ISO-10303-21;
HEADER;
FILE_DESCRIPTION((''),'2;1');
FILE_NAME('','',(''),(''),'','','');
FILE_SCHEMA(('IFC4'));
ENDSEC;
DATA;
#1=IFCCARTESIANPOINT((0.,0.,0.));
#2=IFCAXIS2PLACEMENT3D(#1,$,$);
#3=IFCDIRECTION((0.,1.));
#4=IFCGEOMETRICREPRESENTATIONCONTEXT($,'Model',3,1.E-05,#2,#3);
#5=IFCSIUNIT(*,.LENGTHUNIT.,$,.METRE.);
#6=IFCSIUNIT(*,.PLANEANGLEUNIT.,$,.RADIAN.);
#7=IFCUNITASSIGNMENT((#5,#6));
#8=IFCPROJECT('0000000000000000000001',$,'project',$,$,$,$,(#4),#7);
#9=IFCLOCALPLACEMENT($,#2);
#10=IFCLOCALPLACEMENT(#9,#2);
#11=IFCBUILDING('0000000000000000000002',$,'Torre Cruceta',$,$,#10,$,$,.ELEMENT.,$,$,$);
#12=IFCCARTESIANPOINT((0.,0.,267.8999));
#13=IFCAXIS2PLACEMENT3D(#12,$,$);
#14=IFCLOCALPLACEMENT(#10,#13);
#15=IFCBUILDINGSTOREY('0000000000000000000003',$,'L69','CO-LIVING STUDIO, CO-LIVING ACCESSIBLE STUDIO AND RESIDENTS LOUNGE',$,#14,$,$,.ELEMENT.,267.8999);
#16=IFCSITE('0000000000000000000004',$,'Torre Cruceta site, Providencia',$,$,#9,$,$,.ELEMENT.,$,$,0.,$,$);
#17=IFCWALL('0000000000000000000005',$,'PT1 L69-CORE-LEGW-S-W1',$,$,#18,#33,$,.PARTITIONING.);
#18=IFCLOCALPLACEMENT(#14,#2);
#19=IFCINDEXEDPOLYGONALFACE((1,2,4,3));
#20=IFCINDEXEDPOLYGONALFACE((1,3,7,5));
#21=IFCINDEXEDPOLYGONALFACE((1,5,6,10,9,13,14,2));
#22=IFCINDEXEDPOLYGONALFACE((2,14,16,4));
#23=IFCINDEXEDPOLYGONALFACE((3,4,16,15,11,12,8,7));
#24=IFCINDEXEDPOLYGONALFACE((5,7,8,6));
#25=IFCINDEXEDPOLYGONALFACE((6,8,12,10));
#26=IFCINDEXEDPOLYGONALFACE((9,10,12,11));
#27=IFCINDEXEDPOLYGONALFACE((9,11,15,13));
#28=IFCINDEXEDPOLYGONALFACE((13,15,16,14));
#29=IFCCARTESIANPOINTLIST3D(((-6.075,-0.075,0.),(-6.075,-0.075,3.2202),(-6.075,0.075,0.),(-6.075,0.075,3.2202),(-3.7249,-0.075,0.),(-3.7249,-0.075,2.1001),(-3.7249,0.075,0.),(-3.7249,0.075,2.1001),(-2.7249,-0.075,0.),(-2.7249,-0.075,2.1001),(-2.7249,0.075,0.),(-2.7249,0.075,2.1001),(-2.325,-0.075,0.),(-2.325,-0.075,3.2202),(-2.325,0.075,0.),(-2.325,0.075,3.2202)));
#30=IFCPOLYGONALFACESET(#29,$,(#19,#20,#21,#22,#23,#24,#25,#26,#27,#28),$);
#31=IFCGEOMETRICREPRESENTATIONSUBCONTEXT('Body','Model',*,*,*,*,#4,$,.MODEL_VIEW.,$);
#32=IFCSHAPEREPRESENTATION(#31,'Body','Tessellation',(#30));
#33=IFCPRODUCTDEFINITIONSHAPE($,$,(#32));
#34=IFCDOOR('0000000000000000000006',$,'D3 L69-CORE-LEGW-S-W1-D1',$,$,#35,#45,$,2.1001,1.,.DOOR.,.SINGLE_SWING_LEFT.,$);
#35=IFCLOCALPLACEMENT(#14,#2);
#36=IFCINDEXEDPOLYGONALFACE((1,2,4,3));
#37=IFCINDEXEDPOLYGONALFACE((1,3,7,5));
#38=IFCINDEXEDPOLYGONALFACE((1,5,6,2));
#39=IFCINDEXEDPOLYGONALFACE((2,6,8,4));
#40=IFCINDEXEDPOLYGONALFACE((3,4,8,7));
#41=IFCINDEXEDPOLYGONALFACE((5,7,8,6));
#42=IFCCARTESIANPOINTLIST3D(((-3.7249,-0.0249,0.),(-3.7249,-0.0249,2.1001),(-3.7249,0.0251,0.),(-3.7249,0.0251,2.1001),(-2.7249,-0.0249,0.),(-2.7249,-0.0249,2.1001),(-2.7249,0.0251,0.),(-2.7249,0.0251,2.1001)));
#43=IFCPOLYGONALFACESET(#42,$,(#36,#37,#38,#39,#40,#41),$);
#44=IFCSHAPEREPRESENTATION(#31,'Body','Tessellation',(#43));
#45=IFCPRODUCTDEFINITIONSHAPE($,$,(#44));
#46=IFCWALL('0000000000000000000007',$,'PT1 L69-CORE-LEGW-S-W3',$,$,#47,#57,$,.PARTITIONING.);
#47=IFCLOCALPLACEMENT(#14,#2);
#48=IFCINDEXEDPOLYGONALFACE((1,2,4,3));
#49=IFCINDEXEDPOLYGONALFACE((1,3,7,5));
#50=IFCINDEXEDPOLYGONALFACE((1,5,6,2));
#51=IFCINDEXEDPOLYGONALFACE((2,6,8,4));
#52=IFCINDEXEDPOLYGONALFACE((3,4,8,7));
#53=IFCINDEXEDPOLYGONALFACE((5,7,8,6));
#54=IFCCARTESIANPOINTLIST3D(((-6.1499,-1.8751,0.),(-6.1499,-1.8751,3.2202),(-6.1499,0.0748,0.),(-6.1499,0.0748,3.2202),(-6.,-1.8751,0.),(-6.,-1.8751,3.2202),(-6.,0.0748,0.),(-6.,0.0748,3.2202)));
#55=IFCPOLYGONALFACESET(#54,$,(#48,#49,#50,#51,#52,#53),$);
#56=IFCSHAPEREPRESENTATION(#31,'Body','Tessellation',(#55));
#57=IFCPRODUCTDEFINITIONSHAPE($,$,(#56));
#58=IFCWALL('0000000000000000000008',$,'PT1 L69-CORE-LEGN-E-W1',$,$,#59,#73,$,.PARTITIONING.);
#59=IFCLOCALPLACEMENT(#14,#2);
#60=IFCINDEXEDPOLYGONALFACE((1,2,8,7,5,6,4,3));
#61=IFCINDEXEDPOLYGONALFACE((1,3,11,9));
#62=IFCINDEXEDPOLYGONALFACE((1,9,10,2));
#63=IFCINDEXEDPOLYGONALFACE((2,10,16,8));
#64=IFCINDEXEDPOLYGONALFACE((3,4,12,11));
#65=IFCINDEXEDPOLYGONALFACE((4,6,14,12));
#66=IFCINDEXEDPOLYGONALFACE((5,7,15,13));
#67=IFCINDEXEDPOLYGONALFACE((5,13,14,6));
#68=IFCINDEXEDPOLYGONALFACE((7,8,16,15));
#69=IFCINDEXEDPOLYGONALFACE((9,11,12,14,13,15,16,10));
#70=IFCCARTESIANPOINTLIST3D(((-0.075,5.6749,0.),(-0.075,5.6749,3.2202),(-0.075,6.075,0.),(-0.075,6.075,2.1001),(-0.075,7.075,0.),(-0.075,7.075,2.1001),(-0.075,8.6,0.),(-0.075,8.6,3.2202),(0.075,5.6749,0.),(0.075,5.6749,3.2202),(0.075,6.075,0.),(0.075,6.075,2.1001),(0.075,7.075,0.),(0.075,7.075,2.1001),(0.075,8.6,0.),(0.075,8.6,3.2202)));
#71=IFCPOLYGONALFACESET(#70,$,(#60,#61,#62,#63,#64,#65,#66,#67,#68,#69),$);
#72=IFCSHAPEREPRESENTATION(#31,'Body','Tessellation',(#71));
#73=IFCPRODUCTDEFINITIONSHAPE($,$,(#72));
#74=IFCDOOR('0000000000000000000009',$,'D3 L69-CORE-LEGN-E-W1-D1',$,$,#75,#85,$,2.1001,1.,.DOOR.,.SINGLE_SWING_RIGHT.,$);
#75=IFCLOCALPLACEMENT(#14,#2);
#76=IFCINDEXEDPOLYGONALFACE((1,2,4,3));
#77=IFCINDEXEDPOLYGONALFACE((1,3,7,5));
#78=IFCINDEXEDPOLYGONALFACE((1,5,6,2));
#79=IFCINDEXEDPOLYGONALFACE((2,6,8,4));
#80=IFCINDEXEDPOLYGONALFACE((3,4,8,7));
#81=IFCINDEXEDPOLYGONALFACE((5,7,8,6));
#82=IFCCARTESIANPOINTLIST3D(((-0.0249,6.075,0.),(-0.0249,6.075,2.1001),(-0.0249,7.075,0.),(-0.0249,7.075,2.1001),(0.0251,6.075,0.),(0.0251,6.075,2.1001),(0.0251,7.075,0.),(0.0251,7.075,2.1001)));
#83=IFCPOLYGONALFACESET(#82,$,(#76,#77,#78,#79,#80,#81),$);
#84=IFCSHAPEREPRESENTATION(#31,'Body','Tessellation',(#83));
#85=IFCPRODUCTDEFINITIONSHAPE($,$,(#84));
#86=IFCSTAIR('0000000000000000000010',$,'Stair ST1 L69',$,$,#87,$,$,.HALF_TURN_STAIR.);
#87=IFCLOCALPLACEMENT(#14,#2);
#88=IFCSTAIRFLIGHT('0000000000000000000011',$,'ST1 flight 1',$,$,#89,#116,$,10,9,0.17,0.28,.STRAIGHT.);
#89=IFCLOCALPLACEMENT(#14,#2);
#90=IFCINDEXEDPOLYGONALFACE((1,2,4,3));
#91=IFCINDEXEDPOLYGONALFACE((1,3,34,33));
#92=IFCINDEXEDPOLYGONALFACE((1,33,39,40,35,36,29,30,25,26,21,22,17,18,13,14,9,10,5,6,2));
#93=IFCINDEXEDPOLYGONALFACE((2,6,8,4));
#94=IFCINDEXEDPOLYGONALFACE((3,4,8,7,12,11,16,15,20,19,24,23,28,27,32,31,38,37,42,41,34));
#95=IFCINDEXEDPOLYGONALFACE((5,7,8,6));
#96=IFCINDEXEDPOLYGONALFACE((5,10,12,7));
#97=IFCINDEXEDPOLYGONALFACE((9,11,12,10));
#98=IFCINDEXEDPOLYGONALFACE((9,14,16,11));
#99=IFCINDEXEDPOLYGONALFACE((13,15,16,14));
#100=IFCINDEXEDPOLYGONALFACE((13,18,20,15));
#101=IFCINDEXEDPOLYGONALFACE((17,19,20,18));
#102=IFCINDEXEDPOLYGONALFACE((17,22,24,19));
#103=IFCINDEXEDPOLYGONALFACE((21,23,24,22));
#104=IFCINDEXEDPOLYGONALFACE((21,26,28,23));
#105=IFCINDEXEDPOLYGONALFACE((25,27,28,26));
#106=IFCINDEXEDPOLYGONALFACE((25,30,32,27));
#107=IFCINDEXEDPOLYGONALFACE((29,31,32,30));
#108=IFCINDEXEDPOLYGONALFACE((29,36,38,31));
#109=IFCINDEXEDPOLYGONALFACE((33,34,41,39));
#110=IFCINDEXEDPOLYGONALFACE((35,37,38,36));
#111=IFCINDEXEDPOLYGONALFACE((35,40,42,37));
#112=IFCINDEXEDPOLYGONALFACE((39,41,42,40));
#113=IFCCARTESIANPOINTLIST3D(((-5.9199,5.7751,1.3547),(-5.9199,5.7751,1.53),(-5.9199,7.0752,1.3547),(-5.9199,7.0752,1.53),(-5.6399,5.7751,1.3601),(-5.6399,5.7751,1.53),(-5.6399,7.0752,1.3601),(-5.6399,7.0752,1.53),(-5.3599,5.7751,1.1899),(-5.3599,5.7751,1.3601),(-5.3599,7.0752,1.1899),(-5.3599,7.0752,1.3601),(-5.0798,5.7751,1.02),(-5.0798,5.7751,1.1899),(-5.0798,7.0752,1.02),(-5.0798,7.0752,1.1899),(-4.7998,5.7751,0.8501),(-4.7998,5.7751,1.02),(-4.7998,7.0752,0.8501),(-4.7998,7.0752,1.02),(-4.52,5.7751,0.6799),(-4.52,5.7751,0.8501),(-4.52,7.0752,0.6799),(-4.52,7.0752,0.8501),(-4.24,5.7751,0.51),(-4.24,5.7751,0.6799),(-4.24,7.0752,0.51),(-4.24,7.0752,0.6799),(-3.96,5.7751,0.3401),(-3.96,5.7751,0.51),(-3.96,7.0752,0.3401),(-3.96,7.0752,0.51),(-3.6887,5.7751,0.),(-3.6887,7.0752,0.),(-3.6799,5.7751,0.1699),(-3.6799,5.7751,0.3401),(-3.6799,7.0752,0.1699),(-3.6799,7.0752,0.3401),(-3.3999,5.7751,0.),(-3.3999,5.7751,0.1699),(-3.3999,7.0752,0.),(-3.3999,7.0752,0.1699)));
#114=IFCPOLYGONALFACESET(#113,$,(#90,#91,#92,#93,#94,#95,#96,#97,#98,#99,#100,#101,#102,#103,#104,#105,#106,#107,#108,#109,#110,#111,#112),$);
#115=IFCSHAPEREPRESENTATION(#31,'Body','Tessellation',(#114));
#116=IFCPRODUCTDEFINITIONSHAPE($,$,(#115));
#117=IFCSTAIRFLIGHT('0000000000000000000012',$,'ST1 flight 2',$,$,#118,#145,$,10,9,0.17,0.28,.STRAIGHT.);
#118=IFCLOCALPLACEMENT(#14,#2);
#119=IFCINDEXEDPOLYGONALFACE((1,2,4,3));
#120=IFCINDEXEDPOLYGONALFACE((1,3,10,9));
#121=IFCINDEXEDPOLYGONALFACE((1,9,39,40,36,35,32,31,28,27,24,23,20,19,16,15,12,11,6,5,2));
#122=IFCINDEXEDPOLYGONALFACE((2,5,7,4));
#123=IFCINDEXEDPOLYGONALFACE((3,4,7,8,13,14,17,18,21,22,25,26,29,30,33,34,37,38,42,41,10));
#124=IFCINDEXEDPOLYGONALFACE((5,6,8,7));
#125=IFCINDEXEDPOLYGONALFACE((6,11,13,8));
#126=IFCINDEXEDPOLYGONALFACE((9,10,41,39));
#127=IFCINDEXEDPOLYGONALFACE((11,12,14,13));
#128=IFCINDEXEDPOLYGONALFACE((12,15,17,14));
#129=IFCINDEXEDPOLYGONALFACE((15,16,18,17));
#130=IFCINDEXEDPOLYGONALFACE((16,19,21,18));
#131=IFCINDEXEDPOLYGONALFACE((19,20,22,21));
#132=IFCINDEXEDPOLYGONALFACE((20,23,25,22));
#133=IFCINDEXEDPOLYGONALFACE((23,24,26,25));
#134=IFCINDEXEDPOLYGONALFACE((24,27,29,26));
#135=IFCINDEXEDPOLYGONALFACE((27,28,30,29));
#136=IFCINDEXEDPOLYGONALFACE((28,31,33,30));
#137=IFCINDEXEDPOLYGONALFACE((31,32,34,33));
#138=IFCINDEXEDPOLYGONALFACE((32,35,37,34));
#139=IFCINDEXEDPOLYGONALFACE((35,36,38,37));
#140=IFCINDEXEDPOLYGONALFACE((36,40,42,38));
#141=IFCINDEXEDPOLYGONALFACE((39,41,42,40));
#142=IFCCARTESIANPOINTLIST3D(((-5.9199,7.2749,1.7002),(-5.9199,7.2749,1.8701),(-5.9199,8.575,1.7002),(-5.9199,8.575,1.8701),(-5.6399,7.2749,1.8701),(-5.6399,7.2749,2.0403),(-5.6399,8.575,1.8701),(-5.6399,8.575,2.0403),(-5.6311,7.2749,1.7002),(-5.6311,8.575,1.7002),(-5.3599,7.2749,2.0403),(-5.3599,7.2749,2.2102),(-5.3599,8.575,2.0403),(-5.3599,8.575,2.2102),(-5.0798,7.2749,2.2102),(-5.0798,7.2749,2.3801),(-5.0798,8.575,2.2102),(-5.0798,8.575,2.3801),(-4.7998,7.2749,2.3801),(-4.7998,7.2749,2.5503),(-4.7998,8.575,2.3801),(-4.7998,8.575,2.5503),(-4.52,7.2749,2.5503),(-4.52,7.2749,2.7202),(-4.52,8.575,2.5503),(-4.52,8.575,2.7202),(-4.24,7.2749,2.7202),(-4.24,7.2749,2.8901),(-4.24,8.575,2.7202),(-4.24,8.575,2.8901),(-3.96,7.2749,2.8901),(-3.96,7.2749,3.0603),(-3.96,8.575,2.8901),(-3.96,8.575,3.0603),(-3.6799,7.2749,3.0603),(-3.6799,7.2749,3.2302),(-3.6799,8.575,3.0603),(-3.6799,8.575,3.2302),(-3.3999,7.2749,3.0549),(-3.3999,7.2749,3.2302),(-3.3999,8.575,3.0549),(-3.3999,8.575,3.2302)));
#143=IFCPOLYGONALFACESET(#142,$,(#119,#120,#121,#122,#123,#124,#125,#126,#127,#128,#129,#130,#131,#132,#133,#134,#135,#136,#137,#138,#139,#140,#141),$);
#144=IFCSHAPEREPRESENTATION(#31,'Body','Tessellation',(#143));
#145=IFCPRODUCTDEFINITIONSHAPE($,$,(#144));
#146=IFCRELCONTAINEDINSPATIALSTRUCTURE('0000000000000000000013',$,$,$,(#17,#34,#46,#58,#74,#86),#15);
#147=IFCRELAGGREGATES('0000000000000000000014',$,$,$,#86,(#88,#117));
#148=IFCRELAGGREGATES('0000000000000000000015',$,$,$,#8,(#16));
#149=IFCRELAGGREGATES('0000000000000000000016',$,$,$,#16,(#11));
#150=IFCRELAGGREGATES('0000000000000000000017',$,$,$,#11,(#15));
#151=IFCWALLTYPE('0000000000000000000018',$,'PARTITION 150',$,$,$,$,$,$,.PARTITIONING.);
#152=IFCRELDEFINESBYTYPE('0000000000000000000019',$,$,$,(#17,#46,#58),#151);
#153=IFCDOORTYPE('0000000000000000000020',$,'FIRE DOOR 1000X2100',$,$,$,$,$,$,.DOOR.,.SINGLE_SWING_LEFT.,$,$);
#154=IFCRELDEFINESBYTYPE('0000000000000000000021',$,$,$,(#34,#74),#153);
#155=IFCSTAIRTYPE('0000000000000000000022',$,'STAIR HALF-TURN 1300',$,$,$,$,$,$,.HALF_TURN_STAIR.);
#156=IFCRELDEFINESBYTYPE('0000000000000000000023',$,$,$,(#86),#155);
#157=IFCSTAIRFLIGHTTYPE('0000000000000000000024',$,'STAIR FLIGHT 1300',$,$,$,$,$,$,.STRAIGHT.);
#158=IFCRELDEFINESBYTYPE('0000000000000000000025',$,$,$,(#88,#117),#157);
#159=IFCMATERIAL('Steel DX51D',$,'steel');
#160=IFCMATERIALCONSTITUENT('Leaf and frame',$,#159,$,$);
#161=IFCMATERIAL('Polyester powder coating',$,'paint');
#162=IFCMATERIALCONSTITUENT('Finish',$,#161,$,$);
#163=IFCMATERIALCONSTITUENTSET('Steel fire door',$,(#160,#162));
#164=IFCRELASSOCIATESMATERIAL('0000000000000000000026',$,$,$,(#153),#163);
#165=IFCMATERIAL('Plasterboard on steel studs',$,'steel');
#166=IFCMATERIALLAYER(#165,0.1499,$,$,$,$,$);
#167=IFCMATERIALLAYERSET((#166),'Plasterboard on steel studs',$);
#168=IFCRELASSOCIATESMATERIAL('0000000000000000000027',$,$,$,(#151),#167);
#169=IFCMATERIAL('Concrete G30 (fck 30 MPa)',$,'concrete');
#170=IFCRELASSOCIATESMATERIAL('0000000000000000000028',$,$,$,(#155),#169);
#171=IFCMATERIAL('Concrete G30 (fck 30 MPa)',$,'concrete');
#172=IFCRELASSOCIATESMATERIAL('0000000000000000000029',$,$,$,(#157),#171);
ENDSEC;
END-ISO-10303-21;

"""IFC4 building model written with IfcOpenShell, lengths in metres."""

from ifc_helpers import new_model, si_unit, direction, frame, frame_2d, origin, place, context, subcontext, project, spatial, polyline, rectangle, outline, extrude, material, layer, layer_set, constituent, constituent_set, type_object, element, fill, aggregate, save


model = new_model("IFC4")

# Units and contexts
model_context = context("Model", 3, precision=1e-05, world=origin(), true_north=direction((0.0, 1.0)))
body_context = subcontext(model_context, "Body", "Model", "MODEL_VIEW")
ifc_project = project(units=[si_unit("LENGTHUNIT", "METRE"), si_unit("PLANEANGLEUNIT", "RADIAN")], contexts=[model_context])

# Site, building, storey
site_placement = place(None, origin())
site = spatial("IfcSite", under=ifc_project, at=site_placement, Name="Torre Cruceta site, Providencia", CompositionType="ELEMENT", RefElevation=0.0)
building_placement = place(site_placement, origin())
building = spatial("IfcBuilding", under=site, at=building_placement, Name="Torre Cruceta", CompositionType="ELEMENT")
storey_placement = place(building_placement, frame((0.0, 0.0, 267.8999)))
storey = spatial("IfcBuildingStorey", under=building, at=storey_placement, Name="L69", Description="CO-LIVING STUDIO, CO-LIVING ACCESSIBLE STUDIO AND RESIDENTS LOUNGE", CompositionType="ELEMENT", Elevation=267.8999)

# Shared definitions
ifc_material_1 = material(Name="Steel DX51D", Category="steel")
ifc_constituent_1 = constituent(ifc_material_1, Name="Leaf and frame")
ifc_material_2 = material(Name="Polyester powder coating", Category="paint")
ifc_constituent_2 = constituent(ifc_material_2, Name="Finish")
ifc_constituent_set_1 = constituent_set(constituents=[ifc_constituent_1, ifc_constituent_2], Name="Steel fire door")
door_type_1 = type_object("IfcDoorType", Name="FIRE DOOR 1000X2100", OperationType="SINGLE_SWING_LEFT", PredefinedType="DOOR", material=ifc_constituent_set_1)

# Wall, opening, door
ifc_material_3 = material(Name="Plasterboard on steel studs", Category="steel")
ifc_layer_1 = layer(ifc_material_3, 0.1499)
ifc_layer_set_1 = layer_set([ifc_layer_1], Name="Plasterboard on steel studs")
wall_type_1 = type_object("IfcWallType", Name="PARTITION 150", PredefinedType="PARTITIONING", material=ifc_layer_set_1)
wall_1_placement = place(storey_placement, frame((-2.325, 0.0, 0.0), z_axis=(0.0, 0.0, 1.0), x_axis=(-1.0, 0.0, 0.0)))
wall_1 = element("IfcWall", 1, at=wall_1_placement, inside=storey, type_object=wall_type_1, Name="PT1 L69-CORE-LEGW-S-W1", PredefinedType="PARTITIONING", context=body_context, shape_type="SweptSolid", body=[
    extrude(rectangle(XDim=3.75, YDim=0.1499, at=frame_2d((1.875, 0.0))), origin(), (0.0, 0.0, 1.0), 3.2202),
])
opening_1_placement = place(wall_1_placement, frame((0.3999, 0.0, 0.0)))
opening_1 = element("IfcOpeningElement", 2, at=opening_1_placement, cuts=wall_1, PredefinedType="OPENING", context=body_context, shape_type="SweptSolid", body=[
    extrude(rectangle(XDim=1.0, YDim=2.1001, at=frame_2d((0.5, 1.05))), frame((0.0, 0.085, 0.0), z_axis=(0.0, -1.0, 0.0), x_axis=(1.0, 0.0, 0.0)), (0.0, 0.0, 1.0), 0.1699),
])
door_1_placement = place(opening_1_placement, origin())
door_1 = element("IfcDoor", 3, at=door_1_placement, inside=storey, type_object=door_type_1, Name="D3 L69-CORE-LEGW-S-W1-D1", OperationType="SINGLE_SWING_LEFT", OverallHeight=2.1001, OverallWidth=1.0, PredefinedType="DOOR", context=body_context, shape_type="SweptSolid", body=[
    extrude(rectangle(XDim=1.0, YDim=2.1001, at=frame_2d((0.5, 1.05))), frame((0.0, 0.0249, 0.0), z_axis=(0.0, -1.0, 0.0), x_axis=(1.0, 0.0, 0.0)), (0.0, 0.0, 1.0), 0.05),
])
fill(opening_1, door_1)

# Wall
wall_2_placement = place(storey_placement, frame((-6.075, 0.075, 0.0), z_axis=(0.0, 0.0, 1.0), x_axis=(0.0, -1.0, 0.0)))
element("IfcWall", 4, at=wall_2_placement, inside=storey, type_object=wall_type_1, Name="PT1 L69-CORE-LEGW-S-W3", PredefinedType="PARTITIONING", context=body_context, shape_type="SweptSolid", body=[
    extrude(rectangle(XDim=1.95, YDim=0.1499, at=frame_2d((0.9751, 0.0))), origin(), (0.0, 0.0, 1.0), 3.2202),
])

# Wall, opening, door
wall_3_placement = place(storey_placement, frame((0.0, 5.675, 0.0), z_axis=(0.0, 0.0, 1.0), x_axis=(0.0, 1.0, 0.0)))
wall_3 = element("IfcWall", 5, at=wall_3_placement, inside=storey, type_object=wall_type_1, Name="PT1 L69-CORE-LEGN-E-W1", PredefinedType="PARTITIONING", context=body_context, shape_type="SweptSolid", body=[
    extrude(rectangle(XDim=2.925, YDim=0.1499, at=frame_2d((1.4624, 0.0))), origin(), (0.0, 0.0, 1.0), 3.2202),
])
opening_2_placement = place(wall_3_placement, frame((0.3999, 0.0, 0.0)))
opening_2 = element("IfcOpeningElement", 6, at=opening_2_placement, cuts=wall_3, PredefinedType="OPENING", context=body_context, shape_type="SweptSolid", body=[
    extrude(rectangle(XDim=1.0, YDim=2.1001, at=frame_2d((0.5, 1.05))), frame((0.0, 0.085, 0.0), z_axis=(0.0, -1.0, 0.0), x_axis=(1.0, 0.0, 0.0)), (0.0, 0.0, 1.0), 0.1699),
])
door_2_placement = place(opening_2_placement, frame((1.0, 0.0, 0.0), z_axis=(0.0, 0.0, 1.0), x_axis=(-1.0, 0.0, 0.0)))
door_2 = element("IfcDoor", 7, at=door_2_placement, inside=storey, type_object=door_type_1, Name="D3 L69-CORE-LEGN-E-W1-D1", OperationType="SINGLE_SWING_RIGHT", OverallHeight=2.1001, OverallWidth=1.0, PredefinedType="DOOR", context=body_context, shape_type="SweptSolid", body=[
    extrude(rectangle(XDim=1.0, YDim=2.1001, at=frame_2d((0.5, 1.05))), frame((0.0, 0.0251, 0.0), z_axis=(0.0, -1.0, 0.0), x_axis=(1.0, 0.0, 0.0)), (0.0, 0.0, 1.0), 0.05),
])
fill(opening_2, door_2)

# Stair, stair flights
ifc_material_4 = material(Name="Concrete G30 (fck 30 MPa)", Category="concrete")
stair_type = type_object("IfcStairType", Name="STAIR HALF-TURN 1300", PredefinedType="HALF_TURN_STAIR", material=ifc_material_4)
stair_placement = place(storey_placement, origin())
stair = element("IfcStair", 8, at=stair_placement, inside=storey, type_object=stair_type, Name="Stair ST1 L69", PredefinedType="HALF_TURN_STAIR")
ifc_material_5 = material(Name="Concrete G30 (fck 30 MPa)", Category="concrete")
stair_flight_type = type_object("IfcStairFlightType", Name="STAIR FLIGHT 1300", PredefinedType="STRAIGHT", material=ifc_material_5)
stair_flight_1_placement = place(storey_placement, frame((-3.3999, 6.425, 0.0), z_axis=(0.0, 0.0, 1.0), x_axis=(-1.0, 0.0, 0.0)))
stair_flight_1 = element("IfcStairFlight", 9, at=stair_flight_1_placement, type_object=stair_flight_type, Name="ST1 flight 1", NumberOfRisers=10, NumberOfTreads=9, PredefinedType="STRAIGHT", RiserHeight=0.17, TreadLength=0.28, context=body_context, shape_type="SweptSolid", body=[
    extrude(outline(polyline([(0.0, 0.0), (0.0, 0.1699), (0.28, 0.1699), (0.28, 0.3401), (0.5601, 0.3401), (0.5601, 0.51), (0.8401, 0.51), (0.8401, 0.6799), (1.1201, 0.6799), (1.1201, 0.8501), (1.3999, 0.8501), (1.3999, 1.02), (1.6799, 1.02), (1.6799, 1.1899), (1.96, 1.1899), (1.96, 1.3601), (2.24, 1.3601), (2.24, 1.53), (2.52, 1.53), (2.52, 1.7), (2.52, 1.3547), (0.2888, 0.0), (0.0, 0.0)])), frame((0.0, 0.6499, 0.0), z_axis=(0.0, -1.0, 0.0), x_axis=(1.0, 0.0, 0.0)), (0.0, 0.0, 1.0), 1.3),
])
stair_flight_2_placement = place(storey_placement, frame((-5.9199, 7.925, 1.7002), z_axis=(0.0, 0.0, 1.0), x_axis=(1.0, 0.0, 0.0)))
stair_flight_2 = element("IfcStairFlight", 10, at=stair_flight_2_placement, type_object=stair_flight_type, Name="ST1 flight 2", NumberOfRisers=10, NumberOfTreads=9, PredefinedType="STRAIGHT", RiserHeight=0.17, TreadLength=0.28, context=body_context, shape_type="SweptSolid", body=[
    extrude(outline(polyline([(0.0, 0.0), (0.0, 0.1699), (0.28, 0.1699), (0.28, 0.3401), (0.5601, 0.3401), (0.5601, 0.51), (0.8401, 0.51), (0.8401, 0.6799), (1.1201, 0.6799), (1.1201, 0.8501), (1.3999, 0.8501), (1.3999, 1.02), (1.6799, 1.02), (1.6799, 1.1899), (1.96, 1.1899), (1.96, 1.3601), (2.24, 1.3601), (2.24, 1.53), (2.52, 1.53), (2.52, 1.7), (2.52, 1.3547), (0.2888, 0.0), (0.0, 0.0)])), frame((0.0, 0.6499, 0.0), z_axis=(0.0, -1.0, 0.0), x_axis=(1.0, 0.0, 0.0)), (0.0, 0.0, 1.0), 1.3),
])
aggregate(stair, [stair_flight_1, stair_flight_2])

save(model, "model.ifc")
